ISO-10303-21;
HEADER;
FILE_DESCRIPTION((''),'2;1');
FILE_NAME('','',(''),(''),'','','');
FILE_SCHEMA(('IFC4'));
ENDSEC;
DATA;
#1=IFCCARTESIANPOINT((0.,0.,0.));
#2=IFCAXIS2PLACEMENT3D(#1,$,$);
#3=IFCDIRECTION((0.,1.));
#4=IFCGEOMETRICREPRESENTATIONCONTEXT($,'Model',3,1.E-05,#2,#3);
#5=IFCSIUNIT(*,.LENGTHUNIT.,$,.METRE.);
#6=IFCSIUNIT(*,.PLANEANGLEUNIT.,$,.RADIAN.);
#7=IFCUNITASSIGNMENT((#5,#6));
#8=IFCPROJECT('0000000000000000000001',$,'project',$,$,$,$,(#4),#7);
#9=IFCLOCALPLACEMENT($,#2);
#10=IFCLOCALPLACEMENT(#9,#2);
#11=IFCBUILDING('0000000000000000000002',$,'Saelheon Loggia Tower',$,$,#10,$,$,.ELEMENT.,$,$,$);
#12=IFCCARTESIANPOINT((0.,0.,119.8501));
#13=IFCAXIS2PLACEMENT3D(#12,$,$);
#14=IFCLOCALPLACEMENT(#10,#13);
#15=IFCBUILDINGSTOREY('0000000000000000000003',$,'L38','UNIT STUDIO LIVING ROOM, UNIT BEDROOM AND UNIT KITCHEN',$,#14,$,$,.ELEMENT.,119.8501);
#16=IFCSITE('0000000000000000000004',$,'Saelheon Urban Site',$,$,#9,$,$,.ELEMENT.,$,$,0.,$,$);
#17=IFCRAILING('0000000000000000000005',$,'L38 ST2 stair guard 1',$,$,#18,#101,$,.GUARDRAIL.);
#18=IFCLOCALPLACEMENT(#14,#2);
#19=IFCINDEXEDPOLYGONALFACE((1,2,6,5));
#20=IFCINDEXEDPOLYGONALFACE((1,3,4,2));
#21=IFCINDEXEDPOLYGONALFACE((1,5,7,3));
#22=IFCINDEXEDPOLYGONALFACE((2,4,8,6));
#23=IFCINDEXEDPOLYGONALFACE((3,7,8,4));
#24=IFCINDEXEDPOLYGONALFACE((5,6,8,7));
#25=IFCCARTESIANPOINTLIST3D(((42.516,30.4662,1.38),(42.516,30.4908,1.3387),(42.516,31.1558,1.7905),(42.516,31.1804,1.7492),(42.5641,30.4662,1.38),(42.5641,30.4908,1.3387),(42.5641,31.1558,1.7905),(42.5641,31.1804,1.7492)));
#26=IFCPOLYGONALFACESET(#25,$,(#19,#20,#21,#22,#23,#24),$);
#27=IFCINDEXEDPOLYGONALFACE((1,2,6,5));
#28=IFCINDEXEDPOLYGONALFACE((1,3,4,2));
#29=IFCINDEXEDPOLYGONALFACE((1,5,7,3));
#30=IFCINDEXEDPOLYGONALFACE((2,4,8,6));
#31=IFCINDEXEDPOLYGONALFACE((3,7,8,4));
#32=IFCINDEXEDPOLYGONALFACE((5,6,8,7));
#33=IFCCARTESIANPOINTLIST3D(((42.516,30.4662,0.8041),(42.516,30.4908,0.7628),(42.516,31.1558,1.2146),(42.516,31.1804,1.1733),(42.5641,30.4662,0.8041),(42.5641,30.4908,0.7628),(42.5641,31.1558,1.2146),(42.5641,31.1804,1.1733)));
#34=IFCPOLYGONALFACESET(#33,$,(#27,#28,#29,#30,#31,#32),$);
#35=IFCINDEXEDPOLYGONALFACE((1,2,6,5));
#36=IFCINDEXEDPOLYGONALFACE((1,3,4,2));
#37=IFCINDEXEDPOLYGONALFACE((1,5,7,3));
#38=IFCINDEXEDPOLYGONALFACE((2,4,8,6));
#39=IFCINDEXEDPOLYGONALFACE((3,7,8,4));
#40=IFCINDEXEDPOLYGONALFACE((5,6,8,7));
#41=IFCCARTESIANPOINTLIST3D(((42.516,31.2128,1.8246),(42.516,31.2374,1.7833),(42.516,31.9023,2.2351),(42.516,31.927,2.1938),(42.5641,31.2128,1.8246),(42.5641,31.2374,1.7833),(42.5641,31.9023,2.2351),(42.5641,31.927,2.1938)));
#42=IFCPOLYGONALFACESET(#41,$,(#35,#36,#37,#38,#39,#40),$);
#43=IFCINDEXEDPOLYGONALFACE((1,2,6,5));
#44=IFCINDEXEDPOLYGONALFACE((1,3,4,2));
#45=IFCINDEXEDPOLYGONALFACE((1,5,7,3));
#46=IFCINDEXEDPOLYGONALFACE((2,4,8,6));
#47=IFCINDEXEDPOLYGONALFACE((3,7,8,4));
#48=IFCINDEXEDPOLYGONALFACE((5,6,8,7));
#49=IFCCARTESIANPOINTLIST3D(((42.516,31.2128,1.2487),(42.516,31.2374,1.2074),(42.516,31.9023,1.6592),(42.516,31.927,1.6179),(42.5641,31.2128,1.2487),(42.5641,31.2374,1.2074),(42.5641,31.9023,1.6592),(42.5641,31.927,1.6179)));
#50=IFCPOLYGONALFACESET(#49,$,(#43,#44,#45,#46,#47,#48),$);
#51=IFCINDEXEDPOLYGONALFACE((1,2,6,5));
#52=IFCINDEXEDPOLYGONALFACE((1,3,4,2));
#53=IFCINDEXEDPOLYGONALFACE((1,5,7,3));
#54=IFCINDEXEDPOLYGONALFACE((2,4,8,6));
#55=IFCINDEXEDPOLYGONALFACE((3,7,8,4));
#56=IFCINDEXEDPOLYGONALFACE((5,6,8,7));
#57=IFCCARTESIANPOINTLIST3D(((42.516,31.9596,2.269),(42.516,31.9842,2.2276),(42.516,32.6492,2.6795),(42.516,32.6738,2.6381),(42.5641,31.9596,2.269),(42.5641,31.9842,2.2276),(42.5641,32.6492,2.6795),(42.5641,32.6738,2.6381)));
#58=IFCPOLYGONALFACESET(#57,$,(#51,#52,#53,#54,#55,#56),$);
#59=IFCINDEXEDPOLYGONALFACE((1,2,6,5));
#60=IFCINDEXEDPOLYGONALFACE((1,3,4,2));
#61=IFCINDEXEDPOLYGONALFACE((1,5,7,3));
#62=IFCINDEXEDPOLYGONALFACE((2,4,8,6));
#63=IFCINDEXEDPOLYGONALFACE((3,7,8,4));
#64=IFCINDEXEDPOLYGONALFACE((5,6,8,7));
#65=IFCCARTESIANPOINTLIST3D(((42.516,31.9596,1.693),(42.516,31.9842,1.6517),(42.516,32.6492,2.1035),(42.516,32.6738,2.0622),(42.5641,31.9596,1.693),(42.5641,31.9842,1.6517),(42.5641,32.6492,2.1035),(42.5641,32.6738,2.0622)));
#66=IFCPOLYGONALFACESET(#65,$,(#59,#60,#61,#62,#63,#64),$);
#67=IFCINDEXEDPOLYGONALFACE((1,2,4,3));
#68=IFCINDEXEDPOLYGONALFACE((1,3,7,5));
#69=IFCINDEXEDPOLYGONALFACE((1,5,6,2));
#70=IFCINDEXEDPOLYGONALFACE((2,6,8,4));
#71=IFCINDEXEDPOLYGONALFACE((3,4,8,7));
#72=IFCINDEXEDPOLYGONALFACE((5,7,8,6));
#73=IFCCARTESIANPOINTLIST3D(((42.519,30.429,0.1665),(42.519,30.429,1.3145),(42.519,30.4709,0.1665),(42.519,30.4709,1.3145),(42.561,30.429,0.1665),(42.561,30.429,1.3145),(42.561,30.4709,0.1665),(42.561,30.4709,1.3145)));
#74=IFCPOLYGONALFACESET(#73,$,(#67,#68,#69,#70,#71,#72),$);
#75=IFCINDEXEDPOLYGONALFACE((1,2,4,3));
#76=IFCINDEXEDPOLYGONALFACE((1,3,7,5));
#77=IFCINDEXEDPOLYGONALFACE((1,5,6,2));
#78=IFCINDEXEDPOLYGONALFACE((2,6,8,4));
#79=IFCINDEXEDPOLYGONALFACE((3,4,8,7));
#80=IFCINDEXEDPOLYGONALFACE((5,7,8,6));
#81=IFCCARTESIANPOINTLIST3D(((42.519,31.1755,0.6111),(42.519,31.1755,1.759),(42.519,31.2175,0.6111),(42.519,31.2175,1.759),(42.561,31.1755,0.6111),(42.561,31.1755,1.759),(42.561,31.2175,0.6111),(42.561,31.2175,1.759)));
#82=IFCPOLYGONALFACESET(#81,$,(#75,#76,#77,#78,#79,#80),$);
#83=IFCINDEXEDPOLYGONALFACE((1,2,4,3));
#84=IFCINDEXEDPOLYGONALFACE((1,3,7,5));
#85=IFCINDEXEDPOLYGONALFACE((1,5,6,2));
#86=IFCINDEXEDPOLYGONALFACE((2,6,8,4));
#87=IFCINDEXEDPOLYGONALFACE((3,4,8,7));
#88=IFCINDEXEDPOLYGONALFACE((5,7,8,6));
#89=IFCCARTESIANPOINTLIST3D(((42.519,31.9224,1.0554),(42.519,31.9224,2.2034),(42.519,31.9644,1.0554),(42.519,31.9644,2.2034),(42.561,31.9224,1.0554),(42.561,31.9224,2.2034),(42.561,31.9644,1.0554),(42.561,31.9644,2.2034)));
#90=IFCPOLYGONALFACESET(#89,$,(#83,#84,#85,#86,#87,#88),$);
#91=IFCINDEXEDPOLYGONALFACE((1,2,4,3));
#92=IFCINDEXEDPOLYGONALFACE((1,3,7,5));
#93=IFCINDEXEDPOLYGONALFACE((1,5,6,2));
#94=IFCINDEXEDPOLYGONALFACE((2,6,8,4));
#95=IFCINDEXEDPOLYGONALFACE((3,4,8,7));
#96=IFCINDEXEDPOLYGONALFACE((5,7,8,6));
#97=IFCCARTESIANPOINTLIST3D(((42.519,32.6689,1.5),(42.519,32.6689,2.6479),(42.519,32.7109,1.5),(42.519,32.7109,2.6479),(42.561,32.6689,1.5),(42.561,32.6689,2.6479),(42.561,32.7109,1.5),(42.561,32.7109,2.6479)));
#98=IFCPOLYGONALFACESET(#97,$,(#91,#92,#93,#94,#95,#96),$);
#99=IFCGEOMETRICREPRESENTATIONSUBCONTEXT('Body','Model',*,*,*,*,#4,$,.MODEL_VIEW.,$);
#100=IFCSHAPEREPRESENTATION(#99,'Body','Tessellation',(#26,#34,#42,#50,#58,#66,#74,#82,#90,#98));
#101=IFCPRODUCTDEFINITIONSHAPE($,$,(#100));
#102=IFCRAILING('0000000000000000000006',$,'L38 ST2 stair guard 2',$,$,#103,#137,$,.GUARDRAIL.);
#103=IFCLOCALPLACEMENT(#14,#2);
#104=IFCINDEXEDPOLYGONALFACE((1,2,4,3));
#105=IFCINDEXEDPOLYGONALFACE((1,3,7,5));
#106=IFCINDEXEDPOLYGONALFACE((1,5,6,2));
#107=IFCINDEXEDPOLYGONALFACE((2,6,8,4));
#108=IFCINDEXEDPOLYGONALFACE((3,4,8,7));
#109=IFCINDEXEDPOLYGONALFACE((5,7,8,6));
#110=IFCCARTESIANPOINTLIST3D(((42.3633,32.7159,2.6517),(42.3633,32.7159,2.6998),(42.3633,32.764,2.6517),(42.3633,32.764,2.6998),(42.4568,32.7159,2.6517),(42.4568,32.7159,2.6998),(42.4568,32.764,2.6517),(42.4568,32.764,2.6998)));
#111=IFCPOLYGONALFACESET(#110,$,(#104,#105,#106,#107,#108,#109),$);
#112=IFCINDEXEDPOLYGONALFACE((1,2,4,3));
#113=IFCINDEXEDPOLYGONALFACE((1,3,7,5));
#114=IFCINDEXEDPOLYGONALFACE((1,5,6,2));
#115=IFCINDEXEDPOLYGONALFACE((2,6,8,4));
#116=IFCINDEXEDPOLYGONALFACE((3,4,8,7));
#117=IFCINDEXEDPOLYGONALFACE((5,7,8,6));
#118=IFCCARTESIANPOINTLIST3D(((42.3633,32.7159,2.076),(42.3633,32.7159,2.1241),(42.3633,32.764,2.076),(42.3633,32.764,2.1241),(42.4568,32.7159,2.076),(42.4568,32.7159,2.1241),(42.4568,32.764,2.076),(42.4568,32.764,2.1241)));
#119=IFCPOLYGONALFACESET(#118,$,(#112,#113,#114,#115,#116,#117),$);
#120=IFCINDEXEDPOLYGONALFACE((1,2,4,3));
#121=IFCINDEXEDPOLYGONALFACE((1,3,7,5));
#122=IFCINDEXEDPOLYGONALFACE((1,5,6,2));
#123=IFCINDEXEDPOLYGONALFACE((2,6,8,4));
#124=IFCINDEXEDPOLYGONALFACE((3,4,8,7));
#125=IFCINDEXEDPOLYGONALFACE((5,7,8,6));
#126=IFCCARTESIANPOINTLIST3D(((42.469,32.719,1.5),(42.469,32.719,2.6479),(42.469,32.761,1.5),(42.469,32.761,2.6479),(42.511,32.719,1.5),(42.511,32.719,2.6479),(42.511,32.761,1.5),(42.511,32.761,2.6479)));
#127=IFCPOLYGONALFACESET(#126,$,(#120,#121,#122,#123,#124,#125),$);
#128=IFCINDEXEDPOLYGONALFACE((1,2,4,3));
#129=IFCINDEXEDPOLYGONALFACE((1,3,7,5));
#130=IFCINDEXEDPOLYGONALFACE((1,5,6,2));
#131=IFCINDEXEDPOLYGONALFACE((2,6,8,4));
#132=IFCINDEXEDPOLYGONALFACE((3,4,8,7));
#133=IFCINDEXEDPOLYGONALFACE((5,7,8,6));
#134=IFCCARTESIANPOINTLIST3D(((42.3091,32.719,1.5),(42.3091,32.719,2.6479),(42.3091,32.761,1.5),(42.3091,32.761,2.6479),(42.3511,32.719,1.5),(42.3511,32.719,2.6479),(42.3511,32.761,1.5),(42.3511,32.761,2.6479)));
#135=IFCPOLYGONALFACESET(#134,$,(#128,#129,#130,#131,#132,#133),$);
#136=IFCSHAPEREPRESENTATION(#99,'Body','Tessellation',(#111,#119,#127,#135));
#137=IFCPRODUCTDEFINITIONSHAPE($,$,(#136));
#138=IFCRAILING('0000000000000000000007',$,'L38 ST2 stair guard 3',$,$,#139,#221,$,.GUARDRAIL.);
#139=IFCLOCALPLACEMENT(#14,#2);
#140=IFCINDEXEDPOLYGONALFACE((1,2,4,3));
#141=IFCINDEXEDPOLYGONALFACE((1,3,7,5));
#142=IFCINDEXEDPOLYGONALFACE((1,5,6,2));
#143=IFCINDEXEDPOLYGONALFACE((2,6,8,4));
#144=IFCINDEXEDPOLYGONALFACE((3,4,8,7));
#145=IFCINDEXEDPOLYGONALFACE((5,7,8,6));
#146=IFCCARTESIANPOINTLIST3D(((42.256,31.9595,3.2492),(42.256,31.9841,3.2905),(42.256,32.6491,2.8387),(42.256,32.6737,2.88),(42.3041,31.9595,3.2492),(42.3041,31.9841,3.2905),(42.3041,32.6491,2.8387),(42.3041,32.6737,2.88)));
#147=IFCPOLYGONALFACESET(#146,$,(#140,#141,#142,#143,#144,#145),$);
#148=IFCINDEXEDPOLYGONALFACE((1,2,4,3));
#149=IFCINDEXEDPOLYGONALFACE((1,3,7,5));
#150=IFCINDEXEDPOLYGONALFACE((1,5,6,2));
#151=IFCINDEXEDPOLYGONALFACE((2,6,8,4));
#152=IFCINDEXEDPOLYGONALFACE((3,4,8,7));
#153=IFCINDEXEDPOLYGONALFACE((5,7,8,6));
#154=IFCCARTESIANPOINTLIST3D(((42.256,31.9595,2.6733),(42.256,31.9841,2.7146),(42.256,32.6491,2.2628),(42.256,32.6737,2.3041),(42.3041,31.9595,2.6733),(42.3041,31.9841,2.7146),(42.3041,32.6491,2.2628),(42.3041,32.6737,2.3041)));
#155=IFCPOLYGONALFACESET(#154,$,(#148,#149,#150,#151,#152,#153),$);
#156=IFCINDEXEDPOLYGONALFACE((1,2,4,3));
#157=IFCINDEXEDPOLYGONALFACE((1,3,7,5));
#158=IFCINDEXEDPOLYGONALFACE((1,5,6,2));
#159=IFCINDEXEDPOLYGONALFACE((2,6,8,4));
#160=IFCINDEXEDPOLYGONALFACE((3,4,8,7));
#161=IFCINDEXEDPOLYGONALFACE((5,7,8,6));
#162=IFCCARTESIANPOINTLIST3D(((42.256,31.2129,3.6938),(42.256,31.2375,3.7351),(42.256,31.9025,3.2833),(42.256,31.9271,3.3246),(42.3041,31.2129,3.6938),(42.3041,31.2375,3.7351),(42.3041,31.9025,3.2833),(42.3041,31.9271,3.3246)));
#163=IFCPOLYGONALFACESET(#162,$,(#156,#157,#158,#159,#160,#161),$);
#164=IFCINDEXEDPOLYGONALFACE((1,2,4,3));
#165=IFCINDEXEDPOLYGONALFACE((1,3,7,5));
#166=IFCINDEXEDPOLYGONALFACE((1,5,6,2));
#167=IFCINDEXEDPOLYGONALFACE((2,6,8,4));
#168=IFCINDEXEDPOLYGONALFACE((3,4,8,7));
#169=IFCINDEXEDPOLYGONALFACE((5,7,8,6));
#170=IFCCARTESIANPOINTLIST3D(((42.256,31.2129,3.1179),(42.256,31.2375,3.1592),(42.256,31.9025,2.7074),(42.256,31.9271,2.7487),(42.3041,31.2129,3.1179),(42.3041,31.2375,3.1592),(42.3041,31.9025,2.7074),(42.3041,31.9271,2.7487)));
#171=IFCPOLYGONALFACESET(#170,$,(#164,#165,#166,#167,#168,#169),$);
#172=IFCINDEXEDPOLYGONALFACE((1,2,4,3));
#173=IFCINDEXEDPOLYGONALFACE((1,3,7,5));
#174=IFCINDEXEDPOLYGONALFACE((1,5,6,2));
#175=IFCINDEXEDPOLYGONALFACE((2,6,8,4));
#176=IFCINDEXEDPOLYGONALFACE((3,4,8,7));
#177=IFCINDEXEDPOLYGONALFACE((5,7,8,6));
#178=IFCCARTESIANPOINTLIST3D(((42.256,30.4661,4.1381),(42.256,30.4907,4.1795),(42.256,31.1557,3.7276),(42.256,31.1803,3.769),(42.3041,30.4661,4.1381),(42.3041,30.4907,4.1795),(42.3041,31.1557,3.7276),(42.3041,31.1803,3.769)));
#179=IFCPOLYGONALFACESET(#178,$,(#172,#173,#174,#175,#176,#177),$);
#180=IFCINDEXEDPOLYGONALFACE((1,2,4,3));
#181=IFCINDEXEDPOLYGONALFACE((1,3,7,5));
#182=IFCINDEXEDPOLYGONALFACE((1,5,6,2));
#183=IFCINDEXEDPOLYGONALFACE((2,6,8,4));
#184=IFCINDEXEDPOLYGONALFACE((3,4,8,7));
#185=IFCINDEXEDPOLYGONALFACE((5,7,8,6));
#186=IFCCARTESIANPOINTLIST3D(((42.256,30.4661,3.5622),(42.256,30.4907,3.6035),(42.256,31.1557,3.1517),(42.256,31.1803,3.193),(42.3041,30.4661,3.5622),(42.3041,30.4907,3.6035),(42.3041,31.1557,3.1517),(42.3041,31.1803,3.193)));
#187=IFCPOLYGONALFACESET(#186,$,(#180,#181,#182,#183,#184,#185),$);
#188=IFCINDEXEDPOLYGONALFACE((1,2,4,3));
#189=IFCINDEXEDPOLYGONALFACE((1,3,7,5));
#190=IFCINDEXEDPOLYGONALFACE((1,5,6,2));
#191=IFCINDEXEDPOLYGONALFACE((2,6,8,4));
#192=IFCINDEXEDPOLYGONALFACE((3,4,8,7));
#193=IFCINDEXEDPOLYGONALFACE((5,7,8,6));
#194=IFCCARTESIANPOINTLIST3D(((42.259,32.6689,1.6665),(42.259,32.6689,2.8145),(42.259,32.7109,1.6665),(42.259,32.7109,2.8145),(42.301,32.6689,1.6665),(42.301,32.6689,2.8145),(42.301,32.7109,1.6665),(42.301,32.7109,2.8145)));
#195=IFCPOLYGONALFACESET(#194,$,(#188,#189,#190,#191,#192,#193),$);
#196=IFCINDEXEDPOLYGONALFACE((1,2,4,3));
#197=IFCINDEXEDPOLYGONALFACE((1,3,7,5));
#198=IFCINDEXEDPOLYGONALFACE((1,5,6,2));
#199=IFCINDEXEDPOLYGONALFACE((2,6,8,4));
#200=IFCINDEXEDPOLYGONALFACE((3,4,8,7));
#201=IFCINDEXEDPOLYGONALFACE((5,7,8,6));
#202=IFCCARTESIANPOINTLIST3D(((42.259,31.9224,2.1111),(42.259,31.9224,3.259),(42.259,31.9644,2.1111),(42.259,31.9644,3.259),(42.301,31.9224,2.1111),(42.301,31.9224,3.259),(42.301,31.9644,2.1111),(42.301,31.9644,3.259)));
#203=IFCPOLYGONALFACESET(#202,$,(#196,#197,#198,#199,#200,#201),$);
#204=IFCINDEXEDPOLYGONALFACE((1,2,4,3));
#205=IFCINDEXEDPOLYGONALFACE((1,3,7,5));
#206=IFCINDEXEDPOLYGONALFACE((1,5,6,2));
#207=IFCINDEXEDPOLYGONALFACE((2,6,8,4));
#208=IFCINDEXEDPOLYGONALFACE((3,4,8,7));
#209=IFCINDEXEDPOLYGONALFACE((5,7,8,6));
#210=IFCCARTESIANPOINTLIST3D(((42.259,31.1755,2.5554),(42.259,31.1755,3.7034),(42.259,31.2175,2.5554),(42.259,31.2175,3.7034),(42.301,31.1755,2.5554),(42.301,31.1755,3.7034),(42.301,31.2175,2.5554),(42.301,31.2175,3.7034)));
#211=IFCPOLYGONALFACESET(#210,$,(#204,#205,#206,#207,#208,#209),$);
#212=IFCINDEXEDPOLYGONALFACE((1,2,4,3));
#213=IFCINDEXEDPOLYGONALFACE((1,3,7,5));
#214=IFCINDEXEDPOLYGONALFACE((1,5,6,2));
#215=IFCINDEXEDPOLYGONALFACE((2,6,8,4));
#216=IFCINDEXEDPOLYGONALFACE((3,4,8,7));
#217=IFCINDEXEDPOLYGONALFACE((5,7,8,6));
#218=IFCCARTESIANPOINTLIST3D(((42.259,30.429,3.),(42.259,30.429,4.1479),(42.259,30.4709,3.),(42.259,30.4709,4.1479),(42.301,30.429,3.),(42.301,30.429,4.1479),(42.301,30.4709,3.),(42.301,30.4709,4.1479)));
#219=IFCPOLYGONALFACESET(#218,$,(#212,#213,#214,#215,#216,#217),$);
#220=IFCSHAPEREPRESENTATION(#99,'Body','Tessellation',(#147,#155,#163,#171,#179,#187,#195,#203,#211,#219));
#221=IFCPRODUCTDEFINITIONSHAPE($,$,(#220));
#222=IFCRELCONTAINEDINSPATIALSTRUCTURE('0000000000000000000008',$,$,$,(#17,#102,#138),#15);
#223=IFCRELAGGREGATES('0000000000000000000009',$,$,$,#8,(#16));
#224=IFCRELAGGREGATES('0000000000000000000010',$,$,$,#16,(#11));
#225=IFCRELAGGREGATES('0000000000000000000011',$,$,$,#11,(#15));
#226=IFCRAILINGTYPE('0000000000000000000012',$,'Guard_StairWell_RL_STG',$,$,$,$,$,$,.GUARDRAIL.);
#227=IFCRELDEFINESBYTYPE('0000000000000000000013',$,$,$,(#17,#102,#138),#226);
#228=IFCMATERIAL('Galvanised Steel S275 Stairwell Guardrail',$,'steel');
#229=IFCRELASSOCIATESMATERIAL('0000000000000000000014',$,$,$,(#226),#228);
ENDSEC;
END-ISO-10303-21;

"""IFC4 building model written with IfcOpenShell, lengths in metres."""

from ifc_helpers import new_model, si_unit, direction, frame, origin, origin_2d, place, context, subcontext, project, spatial, rectangle, extrude, material, type_object, element, save


model = new_model("IFC4")

# Units and contexts
model_context = context("Model", 3, precision=1e-05, world=origin(), true_north=direction((0.0, 1.0)))
body_context = subcontext(model_context, "Body", "Model", "MODEL_VIEW")
ifc_project = project(units=[si_unit("LENGTHUNIT", "METRE"), si_unit("PLANEANGLEUNIT", "RADIAN")], contexts=[model_context])

# Site, building, storey
site_placement = place(None, origin())
site = spatial("IfcSite", under=ifc_project, at=site_placement, Name="Saelheon Urban Site", CompositionType="ELEMENT", RefElevation=0.0)
building_placement = place(site_placement, origin())
building = spatial("IfcBuilding", under=site, at=building_placement, Name="Saelheon Loggia Tower", CompositionType="ELEMENT")
storey_placement = place(building_placement, frame((0.0, 0.0, 119.8501)))
storey = spatial("IfcBuildingStorey", under=building, at=storey_placement, Name="L38", Description="UNIT STUDIO LIVING ROOM, UNIT BEDROOM AND UNIT KITCHEN", CompositionType="ELEMENT", Elevation=119.8501)

# Railings
ifc_material_1 = material(Name="Galvanised Steel S275 Stairwell Guardrail", Category="steel")
railing_type_1 = type_object("IfcRailingType", Name="Guard_StairWell_RL_STG", PredefinedType="GUARDRAIL", material=ifc_material_1)
railing_1_placement = place(storey_placement, frame((42.54, 30.45, 0.1665)))
element("IfcRailing", 1, at=railing_1_placement, inside=storey, type_object=railing_type_1, Name="L38 ST2 stair guard 1", PredefinedType="GUARDRAIL", context=body_context, shape_type="SweptSolid", body=[
    extrude(rectangle(XDim=0.0481, YDim=0.0481, at=origin_2d()), frame((0.0, 0.0286, 1.1929), z_axis=(0.0, 0.859264, 0.511532), x_axis=(-1.0, 0.0, 0.0)), (0.0, 0.0, 1.0), 0.8025),
    extrude(rectangle(XDim=0.0481, YDim=0.0481, at=origin_2d()), frame((0.0, 0.0286, 0.6169), z_axis=(0.0, 0.859264, 0.511532), x_axis=(-1.0, 0.0, 0.0)), (0.0, 0.0, 1.0), 0.8025),
    extrude(rectangle(XDim=0.0481, YDim=0.0481, at=origin_2d()), frame((0.0, 0.7751, 1.6375), z_axis=(0.0, 0.859264, 0.511532), x_axis=(-1.0, 0.0, 0.0)), (0.0, 0.0, 1.0), 0.8025),
    extrude(rectangle(XDim=0.0481, YDim=0.0481, at=origin_2d()), frame((0.0, 0.7751, 1.0615), z_axis=(0.0, 0.859264, 0.511532), x_axis=(-1.0, 0.0, 0.0)), (0.0, 0.0, 1.0), 0.8025),
    extrude(rectangle(XDim=0.0481, YDim=0.0481, at=origin_2d()), frame((0.0, 1.522, 2.0818), z_axis=(0.0, 0.859264, 0.511532), x_axis=(-1.0, 0.0, 0.0)), (0.0, 0.0, 1.0), 0.8025),
    extrude(rectangle(XDim=0.0481, YDim=0.0481, at=origin_2d()), frame((0.0, 1.522, 1.5059), z_axis=(0.0, 0.859264, 0.511532), x_axis=(-1.0, 0.0, 0.0)), (0.0, 0.0, 1.0), 0.8025),
    extrude(rectangle(XDim=0.042, YDim=0.042, at=origin_2d()), origin(), (0.0, 0.0, 1.0), 1.1479),
    extrude(rectangle(XDim=0.042, YDim=0.042, at=origin_2d()), frame((0.0, 0.7466, 0.4446)), (0.0, 0.0, 1.0), 1.1479),
    extrude(rectangle(XDim=0.042, YDim=0.042, at=origin_2d()), frame((0.0, 1.4934, 0.8889)), (0.0, 0.0, 1.0), 1.1479),
    extrude(rectangle(XDim=0.042, YDim=0.042, at=origin_2d()), frame((0.0, 2.24, 1.3335)), (0.0, 0.0, 1.0), 1.1479),
])
railing_2_placement = place(storey_placement, frame((42.49, 32.74, 1.5)))
element("IfcRailing", 2, at=railing_2_placement, inside=storey, type_object=railing_type_1, Name="L38 ST2 stair guard 2", PredefinedType="GUARDRAIL", context=body_context, shape_type="SweptSolid", body=[
    extrude(rectangle(XDim=0.0481, YDim=0.0481, at=origin_2d()), frame((-0.0332, 0.0, 1.1758), z_axis=(-1.0, 0.0, 0.0), x_axis=(0.0, -1.0, 0.0)), (0.0, 0.0, 1.0), 0.0935),
    extrude(rectangle(XDim=0.0481, YDim=0.0481, at=origin_2d()), frame((-0.0332, 0.0, 0.6001), z_axis=(-1.0, 0.0, 0.0), x_axis=(0.0, -1.0, 0.0)), (0.0, 0.0, 1.0), 0.0935),
    extrude(rectangle(XDim=0.042, YDim=0.042, at=origin_2d()), origin(), (0.0, 0.0, 1.0), 1.1479),
    extrude(rectangle(XDim=0.042, YDim=0.042, at=origin_2d()), frame((-0.1599, 0.0, 0.0)), (0.0, 0.0, 1.0), 1.1479),
])
railing_3_placement = place(storey_placement, frame((42.28, 32.6899, 1.6665)))
element("IfcRailing", 3, at=railing_3_placement, inside=storey, type_object=railing_type_1, Name="L38 ST2 stair guard 3", PredefinedType="GUARDRAIL", context=body_context, shape_type="SweptSolid", body=[
    extrude(rectangle(XDim=0.0481, YDim=0.0481, at=origin_2d()), frame((0.0, -0.0286, 1.1929), z_axis=(0.0, -0.859264, 0.511532), x_axis=(1.0, 0.0, 0.0)), (0.0, 0.0, 1.0), 0.8025),
    extrude(rectangle(XDim=0.0481, YDim=0.0481, at=origin_2d()), frame((0.0, -0.0286, 0.6169), z_axis=(0.0, -0.859264, 0.511532), x_axis=(1.0, 0.0, 0.0)), (0.0, 0.0, 1.0), 0.8025),
    extrude(rectangle(XDim=0.0481, YDim=0.0481, at=origin_2d()), frame((0.0, -0.7751, 1.6375), z_axis=(0.0, -0.859264, 0.511532), x_axis=(1.0, 0.0, 0.0)), (0.0, 0.0, 1.0), 0.8025),
    extrude(rectangle(XDim=0.0481, YDim=0.0481, at=origin_2d()), frame((0.0, -0.7751, 1.0615), z_axis=(0.0, -0.859264, 0.511532), x_axis=(1.0, 0.0, 0.0)), (0.0, 0.0, 1.0), 0.8025),
    extrude(rectangle(XDim=0.0481, YDim=0.0481, at=origin_2d()), frame((0.0, -1.522, 2.0818), z_axis=(0.0, -0.859264, 0.511532), x_axis=(1.0, 0.0, 0.0)), (0.0, 0.0, 1.0), 0.8025),
    extrude(rectangle(XDim=0.0481, YDim=0.0481, at=origin_2d()), frame((0.0, -1.522, 1.5059), z_axis=(0.0, -0.859264, 0.511532), x_axis=(1.0, 0.0, 0.0)), (0.0, 0.0, 1.0), 0.8025),
    extrude(rectangle(XDim=0.042, YDim=0.042, at=origin_2d()), origin(), (0.0, 0.0, 1.0), 1.1479),
    extrude(rectangle(XDim=0.042, YDim=0.042, at=origin_2d()), frame((0.0, -0.7466, 0.4446)), (0.0, 0.0, 1.0), 1.1479),
    extrude(rectangle(XDim=0.042, YDim=0.042, at=origin_2d()), frame((0.0, -1.4934, 0.8889)), (0.0, 0.0, 1.0), 1.1479),
    extrude(rectangle(XDim=0.042, YDim=0.042, at=origin_2d()), frame((0.0, -2.24, 1.3335)), (0.0, 0.0, 1.0), 1.1479),
])

save(model, "model.ifc")
